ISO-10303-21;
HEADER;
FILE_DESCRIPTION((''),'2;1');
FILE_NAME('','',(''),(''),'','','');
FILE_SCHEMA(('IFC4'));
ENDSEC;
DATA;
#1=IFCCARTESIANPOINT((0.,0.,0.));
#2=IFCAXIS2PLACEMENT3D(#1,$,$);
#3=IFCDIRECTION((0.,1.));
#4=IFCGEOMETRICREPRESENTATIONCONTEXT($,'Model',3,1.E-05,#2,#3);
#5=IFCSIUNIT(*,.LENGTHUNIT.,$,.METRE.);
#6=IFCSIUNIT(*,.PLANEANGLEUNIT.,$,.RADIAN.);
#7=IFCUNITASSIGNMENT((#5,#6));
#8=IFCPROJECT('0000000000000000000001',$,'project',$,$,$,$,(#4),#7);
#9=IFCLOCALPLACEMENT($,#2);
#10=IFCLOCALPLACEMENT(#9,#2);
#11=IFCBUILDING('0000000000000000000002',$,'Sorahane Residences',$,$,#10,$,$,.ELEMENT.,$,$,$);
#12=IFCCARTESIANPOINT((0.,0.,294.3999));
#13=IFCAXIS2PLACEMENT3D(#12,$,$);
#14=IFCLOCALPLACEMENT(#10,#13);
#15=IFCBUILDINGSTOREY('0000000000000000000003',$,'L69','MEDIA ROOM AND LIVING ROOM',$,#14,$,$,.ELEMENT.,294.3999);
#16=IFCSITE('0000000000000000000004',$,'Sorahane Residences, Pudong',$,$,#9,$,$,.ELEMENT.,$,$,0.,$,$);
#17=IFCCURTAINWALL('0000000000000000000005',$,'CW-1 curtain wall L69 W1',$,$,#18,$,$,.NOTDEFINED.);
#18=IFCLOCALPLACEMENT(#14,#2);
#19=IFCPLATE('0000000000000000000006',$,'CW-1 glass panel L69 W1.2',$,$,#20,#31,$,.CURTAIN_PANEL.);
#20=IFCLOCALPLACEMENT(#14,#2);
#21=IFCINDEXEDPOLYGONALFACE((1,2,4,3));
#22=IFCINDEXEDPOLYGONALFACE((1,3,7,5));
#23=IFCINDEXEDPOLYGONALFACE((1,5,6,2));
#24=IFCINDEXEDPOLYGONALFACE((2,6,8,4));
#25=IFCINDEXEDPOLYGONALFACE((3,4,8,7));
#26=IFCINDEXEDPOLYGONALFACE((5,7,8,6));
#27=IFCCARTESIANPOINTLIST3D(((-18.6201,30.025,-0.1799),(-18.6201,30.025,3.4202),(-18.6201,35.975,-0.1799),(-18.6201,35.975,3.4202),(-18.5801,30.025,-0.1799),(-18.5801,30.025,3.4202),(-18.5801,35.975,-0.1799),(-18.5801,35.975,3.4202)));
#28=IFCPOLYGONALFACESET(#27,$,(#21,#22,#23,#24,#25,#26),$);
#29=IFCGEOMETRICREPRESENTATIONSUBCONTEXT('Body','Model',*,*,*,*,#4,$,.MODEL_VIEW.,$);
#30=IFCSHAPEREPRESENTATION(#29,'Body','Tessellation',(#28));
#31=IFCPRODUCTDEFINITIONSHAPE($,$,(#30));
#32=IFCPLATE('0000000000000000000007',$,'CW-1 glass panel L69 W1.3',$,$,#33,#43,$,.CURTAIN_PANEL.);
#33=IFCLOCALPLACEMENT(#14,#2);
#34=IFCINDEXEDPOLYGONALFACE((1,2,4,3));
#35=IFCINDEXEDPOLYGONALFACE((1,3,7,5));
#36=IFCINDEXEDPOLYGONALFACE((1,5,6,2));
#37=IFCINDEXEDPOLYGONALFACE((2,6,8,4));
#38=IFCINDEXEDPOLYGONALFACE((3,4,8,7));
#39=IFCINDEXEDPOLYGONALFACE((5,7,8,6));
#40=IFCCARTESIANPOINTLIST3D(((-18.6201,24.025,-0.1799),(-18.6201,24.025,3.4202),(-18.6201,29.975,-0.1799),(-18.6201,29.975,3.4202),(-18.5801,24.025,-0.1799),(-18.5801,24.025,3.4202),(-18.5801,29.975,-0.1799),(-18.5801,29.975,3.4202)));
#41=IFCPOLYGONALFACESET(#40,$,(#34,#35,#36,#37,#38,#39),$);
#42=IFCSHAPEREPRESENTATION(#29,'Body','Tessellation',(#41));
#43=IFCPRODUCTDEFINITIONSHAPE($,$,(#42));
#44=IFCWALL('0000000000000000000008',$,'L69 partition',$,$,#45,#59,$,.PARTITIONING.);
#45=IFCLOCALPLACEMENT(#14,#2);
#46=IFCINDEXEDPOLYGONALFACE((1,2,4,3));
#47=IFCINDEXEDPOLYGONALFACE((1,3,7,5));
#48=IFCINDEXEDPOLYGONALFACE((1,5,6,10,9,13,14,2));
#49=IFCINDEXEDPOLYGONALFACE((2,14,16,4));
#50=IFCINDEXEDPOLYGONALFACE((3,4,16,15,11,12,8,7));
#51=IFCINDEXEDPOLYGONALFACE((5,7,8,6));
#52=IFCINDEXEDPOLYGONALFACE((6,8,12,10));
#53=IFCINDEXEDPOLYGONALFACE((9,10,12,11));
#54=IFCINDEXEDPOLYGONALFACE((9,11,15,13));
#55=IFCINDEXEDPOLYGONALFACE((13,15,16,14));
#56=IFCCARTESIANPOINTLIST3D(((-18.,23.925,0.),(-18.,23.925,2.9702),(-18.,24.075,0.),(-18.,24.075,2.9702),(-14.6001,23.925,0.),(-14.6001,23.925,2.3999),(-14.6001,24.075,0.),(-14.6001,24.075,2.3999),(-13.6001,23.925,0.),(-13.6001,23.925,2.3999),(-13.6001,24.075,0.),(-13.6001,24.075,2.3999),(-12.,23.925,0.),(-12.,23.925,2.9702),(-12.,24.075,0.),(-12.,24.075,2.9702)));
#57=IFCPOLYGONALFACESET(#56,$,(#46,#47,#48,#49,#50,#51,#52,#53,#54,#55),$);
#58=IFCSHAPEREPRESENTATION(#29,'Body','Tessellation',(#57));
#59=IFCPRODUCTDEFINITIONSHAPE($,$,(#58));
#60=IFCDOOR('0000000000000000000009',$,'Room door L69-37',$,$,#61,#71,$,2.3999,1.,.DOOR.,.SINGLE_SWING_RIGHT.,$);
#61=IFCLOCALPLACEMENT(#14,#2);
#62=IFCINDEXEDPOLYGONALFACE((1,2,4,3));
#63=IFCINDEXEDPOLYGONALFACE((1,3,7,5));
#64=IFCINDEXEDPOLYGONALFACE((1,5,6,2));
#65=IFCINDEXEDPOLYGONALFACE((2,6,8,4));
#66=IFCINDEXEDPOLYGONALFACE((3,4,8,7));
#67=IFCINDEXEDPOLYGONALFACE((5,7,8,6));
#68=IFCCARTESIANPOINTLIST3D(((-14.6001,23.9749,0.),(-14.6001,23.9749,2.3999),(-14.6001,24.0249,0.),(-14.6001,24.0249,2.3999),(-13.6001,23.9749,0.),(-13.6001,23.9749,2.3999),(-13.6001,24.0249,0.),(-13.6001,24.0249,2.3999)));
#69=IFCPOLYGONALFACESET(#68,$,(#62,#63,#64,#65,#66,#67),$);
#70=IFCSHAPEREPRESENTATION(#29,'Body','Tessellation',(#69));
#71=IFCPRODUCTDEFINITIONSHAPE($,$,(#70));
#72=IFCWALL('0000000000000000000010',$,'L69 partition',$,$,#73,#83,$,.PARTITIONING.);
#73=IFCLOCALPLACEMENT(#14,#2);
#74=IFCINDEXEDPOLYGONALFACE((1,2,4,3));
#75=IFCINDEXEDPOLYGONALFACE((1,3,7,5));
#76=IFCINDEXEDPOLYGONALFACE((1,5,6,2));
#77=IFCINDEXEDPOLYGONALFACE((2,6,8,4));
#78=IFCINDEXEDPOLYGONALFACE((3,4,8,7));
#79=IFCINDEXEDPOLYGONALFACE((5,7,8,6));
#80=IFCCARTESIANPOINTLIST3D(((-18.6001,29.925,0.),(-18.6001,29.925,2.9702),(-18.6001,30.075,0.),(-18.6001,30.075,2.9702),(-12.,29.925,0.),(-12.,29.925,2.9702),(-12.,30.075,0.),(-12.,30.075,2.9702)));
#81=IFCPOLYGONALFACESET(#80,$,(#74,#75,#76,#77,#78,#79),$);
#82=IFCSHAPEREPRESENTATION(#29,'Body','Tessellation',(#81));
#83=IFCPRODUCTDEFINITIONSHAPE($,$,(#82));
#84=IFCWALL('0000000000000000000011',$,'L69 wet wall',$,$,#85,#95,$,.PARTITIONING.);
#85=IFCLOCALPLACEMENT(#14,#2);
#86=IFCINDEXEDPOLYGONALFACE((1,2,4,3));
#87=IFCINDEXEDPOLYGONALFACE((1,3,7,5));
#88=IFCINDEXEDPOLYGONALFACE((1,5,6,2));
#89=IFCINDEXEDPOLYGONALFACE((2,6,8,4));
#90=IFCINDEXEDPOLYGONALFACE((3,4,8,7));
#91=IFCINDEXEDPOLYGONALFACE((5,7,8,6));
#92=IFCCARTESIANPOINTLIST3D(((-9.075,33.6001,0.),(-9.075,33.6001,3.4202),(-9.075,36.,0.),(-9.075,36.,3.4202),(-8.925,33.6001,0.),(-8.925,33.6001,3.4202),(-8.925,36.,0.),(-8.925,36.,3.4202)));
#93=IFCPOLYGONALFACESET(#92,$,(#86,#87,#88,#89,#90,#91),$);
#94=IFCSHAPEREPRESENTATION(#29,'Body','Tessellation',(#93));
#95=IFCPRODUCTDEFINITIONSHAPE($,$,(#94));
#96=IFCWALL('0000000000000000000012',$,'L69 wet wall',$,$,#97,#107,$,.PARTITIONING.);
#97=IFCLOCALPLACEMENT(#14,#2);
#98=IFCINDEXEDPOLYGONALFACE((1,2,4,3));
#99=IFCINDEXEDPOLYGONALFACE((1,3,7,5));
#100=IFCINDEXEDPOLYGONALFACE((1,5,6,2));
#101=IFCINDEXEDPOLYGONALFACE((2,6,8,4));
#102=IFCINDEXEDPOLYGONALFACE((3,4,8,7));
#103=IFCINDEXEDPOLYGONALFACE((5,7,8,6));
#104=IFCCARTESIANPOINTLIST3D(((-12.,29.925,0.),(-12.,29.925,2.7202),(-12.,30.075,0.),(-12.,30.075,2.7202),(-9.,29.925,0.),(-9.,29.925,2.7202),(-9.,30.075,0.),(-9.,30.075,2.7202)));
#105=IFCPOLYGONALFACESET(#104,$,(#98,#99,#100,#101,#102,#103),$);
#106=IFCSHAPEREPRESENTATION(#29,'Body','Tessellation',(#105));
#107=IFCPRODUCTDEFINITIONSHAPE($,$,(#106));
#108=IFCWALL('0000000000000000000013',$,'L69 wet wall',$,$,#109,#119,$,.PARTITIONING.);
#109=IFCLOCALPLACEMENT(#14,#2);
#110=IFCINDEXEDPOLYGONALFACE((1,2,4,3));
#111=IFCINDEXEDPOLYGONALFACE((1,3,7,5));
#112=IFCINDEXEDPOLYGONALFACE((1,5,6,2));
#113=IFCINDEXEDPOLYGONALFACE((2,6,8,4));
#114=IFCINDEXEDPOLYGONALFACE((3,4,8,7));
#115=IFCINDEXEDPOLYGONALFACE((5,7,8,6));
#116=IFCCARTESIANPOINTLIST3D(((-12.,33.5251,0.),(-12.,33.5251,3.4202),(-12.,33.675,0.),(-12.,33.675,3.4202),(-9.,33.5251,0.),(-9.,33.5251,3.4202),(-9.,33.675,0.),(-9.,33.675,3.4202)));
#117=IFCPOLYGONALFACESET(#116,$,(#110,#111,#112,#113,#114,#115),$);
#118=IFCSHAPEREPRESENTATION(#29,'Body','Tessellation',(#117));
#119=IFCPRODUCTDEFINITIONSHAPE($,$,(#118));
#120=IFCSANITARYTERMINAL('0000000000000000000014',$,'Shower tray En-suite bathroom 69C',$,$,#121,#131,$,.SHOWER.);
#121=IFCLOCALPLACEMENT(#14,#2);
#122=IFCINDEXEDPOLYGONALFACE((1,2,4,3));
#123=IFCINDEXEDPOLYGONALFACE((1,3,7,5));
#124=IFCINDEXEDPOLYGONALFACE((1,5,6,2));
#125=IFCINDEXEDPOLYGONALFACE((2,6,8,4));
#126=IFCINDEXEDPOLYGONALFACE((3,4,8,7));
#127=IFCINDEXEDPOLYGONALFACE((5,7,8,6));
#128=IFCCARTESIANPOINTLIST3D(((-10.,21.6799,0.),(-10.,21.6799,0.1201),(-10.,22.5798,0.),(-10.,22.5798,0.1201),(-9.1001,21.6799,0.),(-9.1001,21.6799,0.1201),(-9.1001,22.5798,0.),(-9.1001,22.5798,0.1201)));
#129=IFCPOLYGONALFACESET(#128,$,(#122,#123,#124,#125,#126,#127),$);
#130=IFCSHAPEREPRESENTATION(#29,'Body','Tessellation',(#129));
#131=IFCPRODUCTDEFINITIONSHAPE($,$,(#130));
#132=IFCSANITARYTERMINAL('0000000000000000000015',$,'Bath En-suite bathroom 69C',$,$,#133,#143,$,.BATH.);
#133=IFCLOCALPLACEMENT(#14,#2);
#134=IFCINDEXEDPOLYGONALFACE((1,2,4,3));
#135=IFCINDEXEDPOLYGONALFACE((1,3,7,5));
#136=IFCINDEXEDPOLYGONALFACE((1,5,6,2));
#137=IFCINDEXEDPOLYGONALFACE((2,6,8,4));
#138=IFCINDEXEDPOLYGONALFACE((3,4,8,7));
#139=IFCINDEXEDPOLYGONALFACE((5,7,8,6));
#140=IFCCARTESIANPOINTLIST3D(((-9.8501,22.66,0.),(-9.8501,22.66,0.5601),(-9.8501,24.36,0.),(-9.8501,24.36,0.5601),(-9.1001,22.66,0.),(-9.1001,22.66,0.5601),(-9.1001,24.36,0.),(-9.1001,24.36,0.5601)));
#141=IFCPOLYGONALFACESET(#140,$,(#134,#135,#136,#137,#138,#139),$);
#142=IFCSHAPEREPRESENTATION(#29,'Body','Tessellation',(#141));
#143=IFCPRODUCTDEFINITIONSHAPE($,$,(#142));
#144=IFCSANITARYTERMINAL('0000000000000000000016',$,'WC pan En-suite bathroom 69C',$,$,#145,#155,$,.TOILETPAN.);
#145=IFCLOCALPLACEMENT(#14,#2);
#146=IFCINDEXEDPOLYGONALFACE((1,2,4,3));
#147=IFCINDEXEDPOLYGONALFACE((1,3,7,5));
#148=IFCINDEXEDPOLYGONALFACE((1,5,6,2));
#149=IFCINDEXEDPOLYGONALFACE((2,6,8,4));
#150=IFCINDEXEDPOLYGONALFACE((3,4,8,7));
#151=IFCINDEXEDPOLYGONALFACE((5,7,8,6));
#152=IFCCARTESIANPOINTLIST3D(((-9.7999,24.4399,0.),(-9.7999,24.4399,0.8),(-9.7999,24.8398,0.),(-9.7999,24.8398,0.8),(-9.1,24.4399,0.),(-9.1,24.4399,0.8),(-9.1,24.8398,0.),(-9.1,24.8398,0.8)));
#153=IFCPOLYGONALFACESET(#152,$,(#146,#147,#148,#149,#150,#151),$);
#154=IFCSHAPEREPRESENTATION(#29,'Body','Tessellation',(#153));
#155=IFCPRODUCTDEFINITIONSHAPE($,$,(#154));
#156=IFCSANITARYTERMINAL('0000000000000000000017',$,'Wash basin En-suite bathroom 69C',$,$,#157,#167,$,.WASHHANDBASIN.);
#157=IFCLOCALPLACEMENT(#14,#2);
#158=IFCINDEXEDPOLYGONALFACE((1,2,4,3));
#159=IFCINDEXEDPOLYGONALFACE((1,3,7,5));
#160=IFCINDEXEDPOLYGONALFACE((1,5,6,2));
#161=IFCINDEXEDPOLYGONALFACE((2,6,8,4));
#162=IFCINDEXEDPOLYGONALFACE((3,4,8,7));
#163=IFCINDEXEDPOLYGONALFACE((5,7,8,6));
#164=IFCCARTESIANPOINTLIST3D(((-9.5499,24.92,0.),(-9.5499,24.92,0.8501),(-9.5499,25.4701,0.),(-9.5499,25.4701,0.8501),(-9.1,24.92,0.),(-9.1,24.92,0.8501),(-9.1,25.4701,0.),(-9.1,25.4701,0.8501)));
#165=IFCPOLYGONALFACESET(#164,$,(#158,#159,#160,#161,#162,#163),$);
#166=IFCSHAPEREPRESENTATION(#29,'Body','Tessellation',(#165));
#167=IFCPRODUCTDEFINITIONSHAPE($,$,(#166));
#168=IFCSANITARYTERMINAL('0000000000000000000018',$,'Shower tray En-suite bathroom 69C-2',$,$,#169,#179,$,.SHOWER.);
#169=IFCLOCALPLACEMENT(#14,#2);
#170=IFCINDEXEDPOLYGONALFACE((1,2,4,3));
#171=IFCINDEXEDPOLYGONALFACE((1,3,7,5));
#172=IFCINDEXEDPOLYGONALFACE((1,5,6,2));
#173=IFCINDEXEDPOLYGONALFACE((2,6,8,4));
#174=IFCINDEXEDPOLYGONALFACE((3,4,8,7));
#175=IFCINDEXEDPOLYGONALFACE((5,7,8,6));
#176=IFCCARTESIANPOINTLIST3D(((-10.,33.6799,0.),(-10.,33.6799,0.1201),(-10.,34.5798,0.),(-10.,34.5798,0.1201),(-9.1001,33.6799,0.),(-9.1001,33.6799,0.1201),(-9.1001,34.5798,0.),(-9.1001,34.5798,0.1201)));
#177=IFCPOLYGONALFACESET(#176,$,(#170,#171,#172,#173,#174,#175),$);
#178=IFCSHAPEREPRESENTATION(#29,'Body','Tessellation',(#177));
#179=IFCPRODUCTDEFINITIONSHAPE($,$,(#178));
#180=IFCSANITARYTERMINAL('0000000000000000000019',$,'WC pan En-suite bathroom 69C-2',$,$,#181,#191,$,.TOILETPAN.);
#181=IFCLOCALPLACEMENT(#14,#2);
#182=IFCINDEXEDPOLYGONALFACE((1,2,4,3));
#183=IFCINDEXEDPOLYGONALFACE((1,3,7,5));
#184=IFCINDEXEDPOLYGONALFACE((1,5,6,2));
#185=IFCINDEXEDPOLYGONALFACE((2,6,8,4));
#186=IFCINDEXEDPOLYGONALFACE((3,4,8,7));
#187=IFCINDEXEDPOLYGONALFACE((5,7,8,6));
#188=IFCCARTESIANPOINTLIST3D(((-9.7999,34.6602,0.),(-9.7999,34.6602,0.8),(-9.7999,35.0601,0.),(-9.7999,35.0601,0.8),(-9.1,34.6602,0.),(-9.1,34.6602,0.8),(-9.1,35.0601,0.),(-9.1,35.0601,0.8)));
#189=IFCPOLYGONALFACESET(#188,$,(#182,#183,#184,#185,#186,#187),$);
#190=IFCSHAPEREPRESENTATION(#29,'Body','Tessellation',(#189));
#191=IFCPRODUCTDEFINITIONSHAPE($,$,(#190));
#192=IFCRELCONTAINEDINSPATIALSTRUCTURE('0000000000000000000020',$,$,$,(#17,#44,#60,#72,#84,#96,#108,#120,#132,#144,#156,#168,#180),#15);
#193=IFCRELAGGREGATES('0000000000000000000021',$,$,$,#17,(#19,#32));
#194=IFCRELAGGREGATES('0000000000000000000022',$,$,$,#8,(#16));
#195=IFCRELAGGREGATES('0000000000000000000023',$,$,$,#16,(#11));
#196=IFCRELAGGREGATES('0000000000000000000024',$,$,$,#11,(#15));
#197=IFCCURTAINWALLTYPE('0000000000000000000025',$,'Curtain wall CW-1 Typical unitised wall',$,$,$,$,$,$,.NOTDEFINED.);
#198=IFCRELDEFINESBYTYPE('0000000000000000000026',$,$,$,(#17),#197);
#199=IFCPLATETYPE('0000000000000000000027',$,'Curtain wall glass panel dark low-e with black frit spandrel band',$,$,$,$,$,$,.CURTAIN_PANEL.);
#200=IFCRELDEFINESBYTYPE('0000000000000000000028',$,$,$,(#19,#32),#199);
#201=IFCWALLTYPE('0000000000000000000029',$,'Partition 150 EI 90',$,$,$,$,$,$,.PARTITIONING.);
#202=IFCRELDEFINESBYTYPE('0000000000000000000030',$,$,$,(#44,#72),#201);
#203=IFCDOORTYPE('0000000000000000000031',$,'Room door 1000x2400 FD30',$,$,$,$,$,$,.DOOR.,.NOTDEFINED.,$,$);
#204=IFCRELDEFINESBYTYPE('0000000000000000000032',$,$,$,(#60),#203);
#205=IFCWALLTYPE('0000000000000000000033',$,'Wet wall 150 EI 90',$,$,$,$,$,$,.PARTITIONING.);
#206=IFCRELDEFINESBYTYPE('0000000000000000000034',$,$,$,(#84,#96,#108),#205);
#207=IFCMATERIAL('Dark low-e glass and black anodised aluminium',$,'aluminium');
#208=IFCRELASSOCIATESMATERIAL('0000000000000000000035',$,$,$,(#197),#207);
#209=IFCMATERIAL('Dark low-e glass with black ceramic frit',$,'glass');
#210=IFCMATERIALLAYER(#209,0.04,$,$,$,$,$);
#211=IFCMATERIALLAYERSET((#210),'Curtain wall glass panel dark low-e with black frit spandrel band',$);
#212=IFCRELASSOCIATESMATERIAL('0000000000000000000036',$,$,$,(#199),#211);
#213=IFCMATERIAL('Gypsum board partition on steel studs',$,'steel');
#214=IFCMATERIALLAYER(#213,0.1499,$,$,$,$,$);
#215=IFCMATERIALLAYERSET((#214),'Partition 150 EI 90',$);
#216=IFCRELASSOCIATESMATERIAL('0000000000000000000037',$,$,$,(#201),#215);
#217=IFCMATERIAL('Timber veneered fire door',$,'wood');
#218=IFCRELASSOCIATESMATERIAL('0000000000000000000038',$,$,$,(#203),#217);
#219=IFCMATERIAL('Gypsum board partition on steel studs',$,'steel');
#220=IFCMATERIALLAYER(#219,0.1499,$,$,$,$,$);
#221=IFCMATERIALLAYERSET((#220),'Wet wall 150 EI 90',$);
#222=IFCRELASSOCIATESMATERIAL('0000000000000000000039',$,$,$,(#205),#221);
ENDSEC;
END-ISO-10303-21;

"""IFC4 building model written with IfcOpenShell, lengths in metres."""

from ifc_helpers import new_model, si_unit, direction, frame, frame_2d, origin, origin_2d, place, context, subcontext, project, spatial, rectangle, extrude, material, layer, layer_set, type_object, element, fill, aggregate, save


model = new_model("IFC4")

# Units and contexts
model_context = context("Model", 3, precision=1e-05, world=origin(), true_north=direction((0.0, 1.0)))
body_context = subcontext(model_context, "Body", "Model", "MODEL_VIEW")
ifc_project = project(units=[si_unit("LENGTHUNIT", "METRE"), si_unit("PLANEANGLEUNIT", "RADIAN")], contexts=[model_context])

# Site, building, storey
site_placement = place(None, origin())
site = spatial("IfcSite", under=ifc_project, at=site_placement, Name="Sorahane Residences, Pudong", CompositionType="ELEMENT", RefElevation=0.0)
building_placement = place(site_placement, origin())
building = spatial("IfcBuilding", under=site, at=building_placement, Name="Sorahane Residences", CompositionType="ELEMENT")
storey_placement = place(building_placement, frame((0.0, 0.0, 294.3999)))
storey = spatial("IfcBuildingStorey", under=building, at=storey_placement, Name="L69", Description="MEDIA ROOM AND LIVING ROOM", CompositionType="ELEMENT", Elevation=294.3999)

# Curtain wall
ifc_material_1 = material(Name="Dark low-e glass and black anodised aluminium", Category="aluminium")
curtain_wall_type = type_object("IfcCurtainWallType", Name="Curtain wall CW-1 Typical unitised wall", PredefinedType="NOTDEFINED", material=ifc_material_1)
curtain_wall_placement = place(storey_placement, origin())
curtain_wall = element("IfcCurtainWall", 1, at=curtain_wall_placement, inside=storey, type_object=curtain_wall_type, Name="CW-1 curtain wall L69 W1", PredefinedType="NOTDEFINED")

# Plates
ifc_material_2 = material(Name="Dark low-e glass with black ceramic frit", Category="glass")
ifc_layer_1 = layer(ifc_material_2, 0.04)
ifc_layer_set_1 = layer_set([ifc_layer_1], Name="Curtain wall glass panel dark low-e with black frit spandrel band")
plate_type = type_object("IfcPlateType", Name="Curtain wall glass panel dark low-e with black frit spandrel band", PredefinedType="CURTAIN_PANEL", material=ifc_layer_set_1)
plate_1_placement = place(storey_placement, frame((-18.6001, 33.0, -0.1799), z_axis=(0.0, 0.0, 1.0), x_axis=(0.0, -1.0, 0.0)))
plate_1 = element("IfcPlate", 2, at=plate_1_placement, type_object=plate_type, Name="CW-1 glass panel L69 W1.2", PredefinedType="CURTAIN_PANEL", context=body_context, shape_type="SweptSolid", body=[
    extrude(rectangle(XDim=5.95, YDim=0.04, at=origin_2d()), origin(), (0.0, 0.0, 1.0), 3.6001),
])
plate_2_placement = place(storey_placement, frame((-18.6001, 27.0, -0.1799), z_axis=(0.0, 0.0, 1.0), x_axis=(0.0, -1.0, 0.0)))
plate_2 = element("IfcPlate", 3, at=plate_2_placement, type_object=plate_type, Name="CW-1 glass panel L69 W1.3", PredefinedType="CURTAIN_PANEL", context=body_context, shape_type="SweptSolid", body=[
    extrude(rectangle(XDim=5.95, YDim=0.04, at=origin_2d()), origin(), (0.0, 0.0, 1.0), 3.6001),
])
aggregate(curtain_wall, [plate_1, plate_2])

# Wall, opening, door
ifc_material_3 = material(Name="Gypsum board partition on steel studs", Category="steel")
ifc_layer_2 = layer(ifc_material_3, 0.1499)
ifc_layer_set_2 = layer_set([ifc_layer_2], Name="Partition 150 EI 90")
wall_type_1 = type_object("IfcWallType", Name="Partition 150 EI 90", PredefinedType="PARTITIONING", material=ifc_layer_set_2)
ifc_material_4 = material(Name="Timber veneered fire door", Category="wood")
door_type_1 = type_object("IfcDoorType", Name="Room door 1000x2400 FD30", OperationType="NOTDEFINED", PredefinedType="DOOR", material=ifc_material_4)
wall_1_placement = place(storey_placement, frame((-18.0, 24.0, 0.0), z_axis=(0.0, 0.0, 1.0), x_axis=(1.0, 0.0, 0.0)))
wall_1 = element("IfcWall", 4, at=wall_1_placement, inside=storey, type_object=wall_type_1, Name="L69 partition", PredefinedType="PARTITIONING", context=body_context, shape_type="SweptSolid", body=[
    extrude(rectangle(XDim=6.0, YDim=0.1499, at=frame_2d((3.0, 0.0))), origin(), (0.0, 0.0, 1.0), 2.9702),
])
opening_1_placement = place(wall_1_placement, frame((3.3999, 0.0, 0.0)))
opening_1 = element("IfcOpeningElement", 5, at=opening_1_placement, cuts=wall_1, PredefinedType="OPENING", context=body_context, shape_type="SweptSolid", body=[
    extrude(rectangle(XDim=1.0, YDim=2.3999, at=frame_2d((0.5, 1.2))), frame((0.0, 0.085, 0.0), z_axis=(0.0, -1.0, 0.0), x_axis=(1.0, 0.0, 0.0)), (0.0, 0.0, 1.0), 0.1699),
])
door_1_placement = place(opening_1_placement, origin())
door_1 = element("IfcDoor", 6, at=door_1_placement, inside=storey, type_object=door_type_1, Name="Room door L69-37", OperationType="SINGLE_SWING_RIGHT", OverallHeight=2.3999, OverallWidth=1.0, PredefinedType="DOOR", context=body_context, shape_type="SweptSolid", body=[
    extrude(rectangle(XDim=1.0, YDim=2.3999, at=frame_2d((0.5, 1.2))), frame((0.0, 0.0249, 0.0), z_axis=(0.0, -1.0, 0.0), x_axis=(1.0, 0.0, 0.0)), (0.0, 0.0, 1.0), 0.05),
])
fill(opening_1, door_1)

# Wall
wall_2_placement = place(storey_placement, frame((-18.6001, 30.0, 0.0), z_axis=(0.0, 0.0, 1.0), x_axis=(1.0, 0.0, 0.0)))
element("IfcWall", 7, at=wall_2_placement, inside=storey, type_object=wall_type_1, Name="L69 partition", PredefinedType="PARTITIONING", context=body_context, shape_type="SweptSolid", body=[
    extrude(rectangle(XDim=6.6001, YDim=0.1499, at=frame_2d((3.3, 0.0))), origin(), (0.0, 0.0, 1.0), 2.9702),
])

# Shared definitions
ifc_material_5 = material(Name="Gypsum board partition on steel studs", Category="steel")
ifc_layer_3 = layer(ifc_material_5, 0.1499)
ifc_layer_set_3 = layer_set([ifc_layer_3], Name="Wet wall 150 EI 90")
wall_type_2 = type_object("IfcWallType", Name="Wet wall 150 EI 90", PredefinedType="PARTITIONING", material=ifc_layer_set_3)

# Walls
wall_3_placement = place(storey_placement, frame((-9.0, 33.6001, 0.0), z_axis=(0.0, 0.0, 1.0), x_axis=(0.0, 1.0, 0.0)))
element("IfcWall", 8, at=wall_3_placement, inside=storey, type_object=wall_type_2, Name="L69 wet wall", PredefinedType="PARTITIONING", context=body_context, shape_type="SweptSolid", body=[
    extrude(rectangle(XDim=2.3999, YDim=0.1499, at=frame_2d((1.2, 0.0))), origin(), (0.0, 0.0, 1.0), 3.4202),
])
wall_4_placement = place(storey_placement, frame((-12.0, 30.0, 0.0), z_axis=(0.0, 0.0, 1.0), x_axis=(1.0, 0.0, 0.0)))
element("IfcWall", 9, at=wall_4_placement, inside=storey, type_object=wall_type_2, Name="L69 wet wall", PredefinedType="PARTITIONING", context=body_context, shape_type="SweptSolid", body=[
    extrude(rectangle(XDim=3.0, YDim=0.1499, at=frame_2d((1.5, 0.0))), origin(), (0.0, 0.0, 1.0), 2.7202),
])
wall_5_placement = place(storey_placement, frame((-12.0, 33.6001, 0.0), z_axis=(0.0, 0.0, 1.0), x_axis=(1.0, 0.0, 0.0)))
element("IfcWall", 10, at=wall_5_placement, inside=storey, type_object=wall_type_2, Name="L69 wet wall", PredefinedType="PARTITIONING", context=body_context, shape_type="SweptSolid", body=[
    extrude(rectangle(XDim=3.0, YDim=0.1499, at=frame_2d((1.5, 0.0))), origin(), (0.0, 0.0, 1.0), 3.4202),
])

# Sanitary terminals
sanitary_terminal_1_placement = place(storey_placement, frame((-9.55, 22.1299, 0.0), z_axis=(0.0, 0.0, 1.0), x_axis=(0.0, -1.0, 0.0)))
element("IfcSanitaryTerminal", 11, at=sanitary_terminal_1_placement, inside=storey, Name="Shower tray En-suite bathroom 69C", PredefinedType="SHOWER", context=body_context, shape_type="SweptSolid", body=[
    extrude(rectangle(XDim=0.8999, YDim=0.8999, at=origin_2d()), origin(), (0.0, 0.0, 1.0), 0.1201),
])
sanitary_terminal_2_placement = place(storey_placement, frame((-9.4751, 23.51, 0.0), z_axis=(0.0, 0.0, 1.0), x_axis=(0.0, -1.0, 0.0)))
element("IfcSanitaryTerminal", 12, at=sanitary_terminal_2_placement, inside=storey, Name="Bath En-suite bathroom 69C", PredefinedType="BATH", context=body_context, shape_type="SweptSolid", body=[
    extrude(rectangle(XDim=1.7, YDim=0.75, at=origin_2d()), origin(), (0.0, 0.0, 1.0), 0.5601),
])
sanitary_terminal_3_placement = place(storey_placement, frame((-9.45, 24.6399, 0.0), z_axis=(0.0, 0.0, 1.0), x_axis=(0.0, -1.0, 0.0)))
element("IfcSanitaryTerminal", 13, at=sanitary_terminal_3_placement, inside=storey, Name="WC pan En-suite bathroom 69C", PredefinedType="TOILETPAN", context=body_context, shape_type="SweptSolid", body=[
    extrude(rectangle(XDim=0.3999, YDim=0.7, at=origin_2d()), origin(), (0.0, 0.0, 1.0), 0.8),
])
sanitary_terminal_4_placement = place(storey_placement, frame((-9.325, 25.1951, 0.0), z_axis=(0.0, 0.0, 1.0), x_axis=(0.0, -1.0, 0.0)))
element("IfcSanitaryTerminal", 14, at=sanitary_terminal_4_placement, inside=storey, Name="Wash basin En-suite bathroom 69C", PredefinedType="WASHHANDBASIN", context=body_context, shape_type="SweptSolid", body=[
    extrude(rectangle(XDim=0.55, YDim=0.45, at=origin_2d()), origin(), (0.0, 0.0, 1.0), 0.8501),
])
sanitary_terminal_5_placement = place(storey_placement, frame((-9.55, 34.1299, 0.0), z_axis=(0.0, 0.0, 1.0), x_axis=(0.0, -1.0, 0.0)))
element("IfcSanitaryTerminal", 15, at=sanitary_terminal_5_placement, inside=storey, Name="Shower tray En-suite bathroom 69C-2", PredefinedType="SHOWER", context=body_context, shape_type="SweptSolid", body=[
    extrude(rectangle(XDim=0.8999, YDim=0.8999, at=origin_2d()), origin(), (0.0, 0.0, 1.0), 0.1201),
])
sanitary_terminal_6_placement = place(storey_placement, frame((-9.45, 34.8601, 0.0), z_axis=(0.0, 0.0, 1.0), x_axis=(0.0, -1.0, 0.0)))
element("IfcSanitaryTerminal", 16, at=sanitary_terminal_6_placement, inside=storey, Name="WC pan En-suite bathroom 69C-2", PredefinedType="TOILETPAN", context=body_context, shape_type="SweptSolid", body=[
    extrude(rectangle(XDim=0.3999, YDim=0.7, at=origin_2d()), origin(), (0.0, 0.0, 1.0), 0.8),
])

save(model, "model.ifc")
